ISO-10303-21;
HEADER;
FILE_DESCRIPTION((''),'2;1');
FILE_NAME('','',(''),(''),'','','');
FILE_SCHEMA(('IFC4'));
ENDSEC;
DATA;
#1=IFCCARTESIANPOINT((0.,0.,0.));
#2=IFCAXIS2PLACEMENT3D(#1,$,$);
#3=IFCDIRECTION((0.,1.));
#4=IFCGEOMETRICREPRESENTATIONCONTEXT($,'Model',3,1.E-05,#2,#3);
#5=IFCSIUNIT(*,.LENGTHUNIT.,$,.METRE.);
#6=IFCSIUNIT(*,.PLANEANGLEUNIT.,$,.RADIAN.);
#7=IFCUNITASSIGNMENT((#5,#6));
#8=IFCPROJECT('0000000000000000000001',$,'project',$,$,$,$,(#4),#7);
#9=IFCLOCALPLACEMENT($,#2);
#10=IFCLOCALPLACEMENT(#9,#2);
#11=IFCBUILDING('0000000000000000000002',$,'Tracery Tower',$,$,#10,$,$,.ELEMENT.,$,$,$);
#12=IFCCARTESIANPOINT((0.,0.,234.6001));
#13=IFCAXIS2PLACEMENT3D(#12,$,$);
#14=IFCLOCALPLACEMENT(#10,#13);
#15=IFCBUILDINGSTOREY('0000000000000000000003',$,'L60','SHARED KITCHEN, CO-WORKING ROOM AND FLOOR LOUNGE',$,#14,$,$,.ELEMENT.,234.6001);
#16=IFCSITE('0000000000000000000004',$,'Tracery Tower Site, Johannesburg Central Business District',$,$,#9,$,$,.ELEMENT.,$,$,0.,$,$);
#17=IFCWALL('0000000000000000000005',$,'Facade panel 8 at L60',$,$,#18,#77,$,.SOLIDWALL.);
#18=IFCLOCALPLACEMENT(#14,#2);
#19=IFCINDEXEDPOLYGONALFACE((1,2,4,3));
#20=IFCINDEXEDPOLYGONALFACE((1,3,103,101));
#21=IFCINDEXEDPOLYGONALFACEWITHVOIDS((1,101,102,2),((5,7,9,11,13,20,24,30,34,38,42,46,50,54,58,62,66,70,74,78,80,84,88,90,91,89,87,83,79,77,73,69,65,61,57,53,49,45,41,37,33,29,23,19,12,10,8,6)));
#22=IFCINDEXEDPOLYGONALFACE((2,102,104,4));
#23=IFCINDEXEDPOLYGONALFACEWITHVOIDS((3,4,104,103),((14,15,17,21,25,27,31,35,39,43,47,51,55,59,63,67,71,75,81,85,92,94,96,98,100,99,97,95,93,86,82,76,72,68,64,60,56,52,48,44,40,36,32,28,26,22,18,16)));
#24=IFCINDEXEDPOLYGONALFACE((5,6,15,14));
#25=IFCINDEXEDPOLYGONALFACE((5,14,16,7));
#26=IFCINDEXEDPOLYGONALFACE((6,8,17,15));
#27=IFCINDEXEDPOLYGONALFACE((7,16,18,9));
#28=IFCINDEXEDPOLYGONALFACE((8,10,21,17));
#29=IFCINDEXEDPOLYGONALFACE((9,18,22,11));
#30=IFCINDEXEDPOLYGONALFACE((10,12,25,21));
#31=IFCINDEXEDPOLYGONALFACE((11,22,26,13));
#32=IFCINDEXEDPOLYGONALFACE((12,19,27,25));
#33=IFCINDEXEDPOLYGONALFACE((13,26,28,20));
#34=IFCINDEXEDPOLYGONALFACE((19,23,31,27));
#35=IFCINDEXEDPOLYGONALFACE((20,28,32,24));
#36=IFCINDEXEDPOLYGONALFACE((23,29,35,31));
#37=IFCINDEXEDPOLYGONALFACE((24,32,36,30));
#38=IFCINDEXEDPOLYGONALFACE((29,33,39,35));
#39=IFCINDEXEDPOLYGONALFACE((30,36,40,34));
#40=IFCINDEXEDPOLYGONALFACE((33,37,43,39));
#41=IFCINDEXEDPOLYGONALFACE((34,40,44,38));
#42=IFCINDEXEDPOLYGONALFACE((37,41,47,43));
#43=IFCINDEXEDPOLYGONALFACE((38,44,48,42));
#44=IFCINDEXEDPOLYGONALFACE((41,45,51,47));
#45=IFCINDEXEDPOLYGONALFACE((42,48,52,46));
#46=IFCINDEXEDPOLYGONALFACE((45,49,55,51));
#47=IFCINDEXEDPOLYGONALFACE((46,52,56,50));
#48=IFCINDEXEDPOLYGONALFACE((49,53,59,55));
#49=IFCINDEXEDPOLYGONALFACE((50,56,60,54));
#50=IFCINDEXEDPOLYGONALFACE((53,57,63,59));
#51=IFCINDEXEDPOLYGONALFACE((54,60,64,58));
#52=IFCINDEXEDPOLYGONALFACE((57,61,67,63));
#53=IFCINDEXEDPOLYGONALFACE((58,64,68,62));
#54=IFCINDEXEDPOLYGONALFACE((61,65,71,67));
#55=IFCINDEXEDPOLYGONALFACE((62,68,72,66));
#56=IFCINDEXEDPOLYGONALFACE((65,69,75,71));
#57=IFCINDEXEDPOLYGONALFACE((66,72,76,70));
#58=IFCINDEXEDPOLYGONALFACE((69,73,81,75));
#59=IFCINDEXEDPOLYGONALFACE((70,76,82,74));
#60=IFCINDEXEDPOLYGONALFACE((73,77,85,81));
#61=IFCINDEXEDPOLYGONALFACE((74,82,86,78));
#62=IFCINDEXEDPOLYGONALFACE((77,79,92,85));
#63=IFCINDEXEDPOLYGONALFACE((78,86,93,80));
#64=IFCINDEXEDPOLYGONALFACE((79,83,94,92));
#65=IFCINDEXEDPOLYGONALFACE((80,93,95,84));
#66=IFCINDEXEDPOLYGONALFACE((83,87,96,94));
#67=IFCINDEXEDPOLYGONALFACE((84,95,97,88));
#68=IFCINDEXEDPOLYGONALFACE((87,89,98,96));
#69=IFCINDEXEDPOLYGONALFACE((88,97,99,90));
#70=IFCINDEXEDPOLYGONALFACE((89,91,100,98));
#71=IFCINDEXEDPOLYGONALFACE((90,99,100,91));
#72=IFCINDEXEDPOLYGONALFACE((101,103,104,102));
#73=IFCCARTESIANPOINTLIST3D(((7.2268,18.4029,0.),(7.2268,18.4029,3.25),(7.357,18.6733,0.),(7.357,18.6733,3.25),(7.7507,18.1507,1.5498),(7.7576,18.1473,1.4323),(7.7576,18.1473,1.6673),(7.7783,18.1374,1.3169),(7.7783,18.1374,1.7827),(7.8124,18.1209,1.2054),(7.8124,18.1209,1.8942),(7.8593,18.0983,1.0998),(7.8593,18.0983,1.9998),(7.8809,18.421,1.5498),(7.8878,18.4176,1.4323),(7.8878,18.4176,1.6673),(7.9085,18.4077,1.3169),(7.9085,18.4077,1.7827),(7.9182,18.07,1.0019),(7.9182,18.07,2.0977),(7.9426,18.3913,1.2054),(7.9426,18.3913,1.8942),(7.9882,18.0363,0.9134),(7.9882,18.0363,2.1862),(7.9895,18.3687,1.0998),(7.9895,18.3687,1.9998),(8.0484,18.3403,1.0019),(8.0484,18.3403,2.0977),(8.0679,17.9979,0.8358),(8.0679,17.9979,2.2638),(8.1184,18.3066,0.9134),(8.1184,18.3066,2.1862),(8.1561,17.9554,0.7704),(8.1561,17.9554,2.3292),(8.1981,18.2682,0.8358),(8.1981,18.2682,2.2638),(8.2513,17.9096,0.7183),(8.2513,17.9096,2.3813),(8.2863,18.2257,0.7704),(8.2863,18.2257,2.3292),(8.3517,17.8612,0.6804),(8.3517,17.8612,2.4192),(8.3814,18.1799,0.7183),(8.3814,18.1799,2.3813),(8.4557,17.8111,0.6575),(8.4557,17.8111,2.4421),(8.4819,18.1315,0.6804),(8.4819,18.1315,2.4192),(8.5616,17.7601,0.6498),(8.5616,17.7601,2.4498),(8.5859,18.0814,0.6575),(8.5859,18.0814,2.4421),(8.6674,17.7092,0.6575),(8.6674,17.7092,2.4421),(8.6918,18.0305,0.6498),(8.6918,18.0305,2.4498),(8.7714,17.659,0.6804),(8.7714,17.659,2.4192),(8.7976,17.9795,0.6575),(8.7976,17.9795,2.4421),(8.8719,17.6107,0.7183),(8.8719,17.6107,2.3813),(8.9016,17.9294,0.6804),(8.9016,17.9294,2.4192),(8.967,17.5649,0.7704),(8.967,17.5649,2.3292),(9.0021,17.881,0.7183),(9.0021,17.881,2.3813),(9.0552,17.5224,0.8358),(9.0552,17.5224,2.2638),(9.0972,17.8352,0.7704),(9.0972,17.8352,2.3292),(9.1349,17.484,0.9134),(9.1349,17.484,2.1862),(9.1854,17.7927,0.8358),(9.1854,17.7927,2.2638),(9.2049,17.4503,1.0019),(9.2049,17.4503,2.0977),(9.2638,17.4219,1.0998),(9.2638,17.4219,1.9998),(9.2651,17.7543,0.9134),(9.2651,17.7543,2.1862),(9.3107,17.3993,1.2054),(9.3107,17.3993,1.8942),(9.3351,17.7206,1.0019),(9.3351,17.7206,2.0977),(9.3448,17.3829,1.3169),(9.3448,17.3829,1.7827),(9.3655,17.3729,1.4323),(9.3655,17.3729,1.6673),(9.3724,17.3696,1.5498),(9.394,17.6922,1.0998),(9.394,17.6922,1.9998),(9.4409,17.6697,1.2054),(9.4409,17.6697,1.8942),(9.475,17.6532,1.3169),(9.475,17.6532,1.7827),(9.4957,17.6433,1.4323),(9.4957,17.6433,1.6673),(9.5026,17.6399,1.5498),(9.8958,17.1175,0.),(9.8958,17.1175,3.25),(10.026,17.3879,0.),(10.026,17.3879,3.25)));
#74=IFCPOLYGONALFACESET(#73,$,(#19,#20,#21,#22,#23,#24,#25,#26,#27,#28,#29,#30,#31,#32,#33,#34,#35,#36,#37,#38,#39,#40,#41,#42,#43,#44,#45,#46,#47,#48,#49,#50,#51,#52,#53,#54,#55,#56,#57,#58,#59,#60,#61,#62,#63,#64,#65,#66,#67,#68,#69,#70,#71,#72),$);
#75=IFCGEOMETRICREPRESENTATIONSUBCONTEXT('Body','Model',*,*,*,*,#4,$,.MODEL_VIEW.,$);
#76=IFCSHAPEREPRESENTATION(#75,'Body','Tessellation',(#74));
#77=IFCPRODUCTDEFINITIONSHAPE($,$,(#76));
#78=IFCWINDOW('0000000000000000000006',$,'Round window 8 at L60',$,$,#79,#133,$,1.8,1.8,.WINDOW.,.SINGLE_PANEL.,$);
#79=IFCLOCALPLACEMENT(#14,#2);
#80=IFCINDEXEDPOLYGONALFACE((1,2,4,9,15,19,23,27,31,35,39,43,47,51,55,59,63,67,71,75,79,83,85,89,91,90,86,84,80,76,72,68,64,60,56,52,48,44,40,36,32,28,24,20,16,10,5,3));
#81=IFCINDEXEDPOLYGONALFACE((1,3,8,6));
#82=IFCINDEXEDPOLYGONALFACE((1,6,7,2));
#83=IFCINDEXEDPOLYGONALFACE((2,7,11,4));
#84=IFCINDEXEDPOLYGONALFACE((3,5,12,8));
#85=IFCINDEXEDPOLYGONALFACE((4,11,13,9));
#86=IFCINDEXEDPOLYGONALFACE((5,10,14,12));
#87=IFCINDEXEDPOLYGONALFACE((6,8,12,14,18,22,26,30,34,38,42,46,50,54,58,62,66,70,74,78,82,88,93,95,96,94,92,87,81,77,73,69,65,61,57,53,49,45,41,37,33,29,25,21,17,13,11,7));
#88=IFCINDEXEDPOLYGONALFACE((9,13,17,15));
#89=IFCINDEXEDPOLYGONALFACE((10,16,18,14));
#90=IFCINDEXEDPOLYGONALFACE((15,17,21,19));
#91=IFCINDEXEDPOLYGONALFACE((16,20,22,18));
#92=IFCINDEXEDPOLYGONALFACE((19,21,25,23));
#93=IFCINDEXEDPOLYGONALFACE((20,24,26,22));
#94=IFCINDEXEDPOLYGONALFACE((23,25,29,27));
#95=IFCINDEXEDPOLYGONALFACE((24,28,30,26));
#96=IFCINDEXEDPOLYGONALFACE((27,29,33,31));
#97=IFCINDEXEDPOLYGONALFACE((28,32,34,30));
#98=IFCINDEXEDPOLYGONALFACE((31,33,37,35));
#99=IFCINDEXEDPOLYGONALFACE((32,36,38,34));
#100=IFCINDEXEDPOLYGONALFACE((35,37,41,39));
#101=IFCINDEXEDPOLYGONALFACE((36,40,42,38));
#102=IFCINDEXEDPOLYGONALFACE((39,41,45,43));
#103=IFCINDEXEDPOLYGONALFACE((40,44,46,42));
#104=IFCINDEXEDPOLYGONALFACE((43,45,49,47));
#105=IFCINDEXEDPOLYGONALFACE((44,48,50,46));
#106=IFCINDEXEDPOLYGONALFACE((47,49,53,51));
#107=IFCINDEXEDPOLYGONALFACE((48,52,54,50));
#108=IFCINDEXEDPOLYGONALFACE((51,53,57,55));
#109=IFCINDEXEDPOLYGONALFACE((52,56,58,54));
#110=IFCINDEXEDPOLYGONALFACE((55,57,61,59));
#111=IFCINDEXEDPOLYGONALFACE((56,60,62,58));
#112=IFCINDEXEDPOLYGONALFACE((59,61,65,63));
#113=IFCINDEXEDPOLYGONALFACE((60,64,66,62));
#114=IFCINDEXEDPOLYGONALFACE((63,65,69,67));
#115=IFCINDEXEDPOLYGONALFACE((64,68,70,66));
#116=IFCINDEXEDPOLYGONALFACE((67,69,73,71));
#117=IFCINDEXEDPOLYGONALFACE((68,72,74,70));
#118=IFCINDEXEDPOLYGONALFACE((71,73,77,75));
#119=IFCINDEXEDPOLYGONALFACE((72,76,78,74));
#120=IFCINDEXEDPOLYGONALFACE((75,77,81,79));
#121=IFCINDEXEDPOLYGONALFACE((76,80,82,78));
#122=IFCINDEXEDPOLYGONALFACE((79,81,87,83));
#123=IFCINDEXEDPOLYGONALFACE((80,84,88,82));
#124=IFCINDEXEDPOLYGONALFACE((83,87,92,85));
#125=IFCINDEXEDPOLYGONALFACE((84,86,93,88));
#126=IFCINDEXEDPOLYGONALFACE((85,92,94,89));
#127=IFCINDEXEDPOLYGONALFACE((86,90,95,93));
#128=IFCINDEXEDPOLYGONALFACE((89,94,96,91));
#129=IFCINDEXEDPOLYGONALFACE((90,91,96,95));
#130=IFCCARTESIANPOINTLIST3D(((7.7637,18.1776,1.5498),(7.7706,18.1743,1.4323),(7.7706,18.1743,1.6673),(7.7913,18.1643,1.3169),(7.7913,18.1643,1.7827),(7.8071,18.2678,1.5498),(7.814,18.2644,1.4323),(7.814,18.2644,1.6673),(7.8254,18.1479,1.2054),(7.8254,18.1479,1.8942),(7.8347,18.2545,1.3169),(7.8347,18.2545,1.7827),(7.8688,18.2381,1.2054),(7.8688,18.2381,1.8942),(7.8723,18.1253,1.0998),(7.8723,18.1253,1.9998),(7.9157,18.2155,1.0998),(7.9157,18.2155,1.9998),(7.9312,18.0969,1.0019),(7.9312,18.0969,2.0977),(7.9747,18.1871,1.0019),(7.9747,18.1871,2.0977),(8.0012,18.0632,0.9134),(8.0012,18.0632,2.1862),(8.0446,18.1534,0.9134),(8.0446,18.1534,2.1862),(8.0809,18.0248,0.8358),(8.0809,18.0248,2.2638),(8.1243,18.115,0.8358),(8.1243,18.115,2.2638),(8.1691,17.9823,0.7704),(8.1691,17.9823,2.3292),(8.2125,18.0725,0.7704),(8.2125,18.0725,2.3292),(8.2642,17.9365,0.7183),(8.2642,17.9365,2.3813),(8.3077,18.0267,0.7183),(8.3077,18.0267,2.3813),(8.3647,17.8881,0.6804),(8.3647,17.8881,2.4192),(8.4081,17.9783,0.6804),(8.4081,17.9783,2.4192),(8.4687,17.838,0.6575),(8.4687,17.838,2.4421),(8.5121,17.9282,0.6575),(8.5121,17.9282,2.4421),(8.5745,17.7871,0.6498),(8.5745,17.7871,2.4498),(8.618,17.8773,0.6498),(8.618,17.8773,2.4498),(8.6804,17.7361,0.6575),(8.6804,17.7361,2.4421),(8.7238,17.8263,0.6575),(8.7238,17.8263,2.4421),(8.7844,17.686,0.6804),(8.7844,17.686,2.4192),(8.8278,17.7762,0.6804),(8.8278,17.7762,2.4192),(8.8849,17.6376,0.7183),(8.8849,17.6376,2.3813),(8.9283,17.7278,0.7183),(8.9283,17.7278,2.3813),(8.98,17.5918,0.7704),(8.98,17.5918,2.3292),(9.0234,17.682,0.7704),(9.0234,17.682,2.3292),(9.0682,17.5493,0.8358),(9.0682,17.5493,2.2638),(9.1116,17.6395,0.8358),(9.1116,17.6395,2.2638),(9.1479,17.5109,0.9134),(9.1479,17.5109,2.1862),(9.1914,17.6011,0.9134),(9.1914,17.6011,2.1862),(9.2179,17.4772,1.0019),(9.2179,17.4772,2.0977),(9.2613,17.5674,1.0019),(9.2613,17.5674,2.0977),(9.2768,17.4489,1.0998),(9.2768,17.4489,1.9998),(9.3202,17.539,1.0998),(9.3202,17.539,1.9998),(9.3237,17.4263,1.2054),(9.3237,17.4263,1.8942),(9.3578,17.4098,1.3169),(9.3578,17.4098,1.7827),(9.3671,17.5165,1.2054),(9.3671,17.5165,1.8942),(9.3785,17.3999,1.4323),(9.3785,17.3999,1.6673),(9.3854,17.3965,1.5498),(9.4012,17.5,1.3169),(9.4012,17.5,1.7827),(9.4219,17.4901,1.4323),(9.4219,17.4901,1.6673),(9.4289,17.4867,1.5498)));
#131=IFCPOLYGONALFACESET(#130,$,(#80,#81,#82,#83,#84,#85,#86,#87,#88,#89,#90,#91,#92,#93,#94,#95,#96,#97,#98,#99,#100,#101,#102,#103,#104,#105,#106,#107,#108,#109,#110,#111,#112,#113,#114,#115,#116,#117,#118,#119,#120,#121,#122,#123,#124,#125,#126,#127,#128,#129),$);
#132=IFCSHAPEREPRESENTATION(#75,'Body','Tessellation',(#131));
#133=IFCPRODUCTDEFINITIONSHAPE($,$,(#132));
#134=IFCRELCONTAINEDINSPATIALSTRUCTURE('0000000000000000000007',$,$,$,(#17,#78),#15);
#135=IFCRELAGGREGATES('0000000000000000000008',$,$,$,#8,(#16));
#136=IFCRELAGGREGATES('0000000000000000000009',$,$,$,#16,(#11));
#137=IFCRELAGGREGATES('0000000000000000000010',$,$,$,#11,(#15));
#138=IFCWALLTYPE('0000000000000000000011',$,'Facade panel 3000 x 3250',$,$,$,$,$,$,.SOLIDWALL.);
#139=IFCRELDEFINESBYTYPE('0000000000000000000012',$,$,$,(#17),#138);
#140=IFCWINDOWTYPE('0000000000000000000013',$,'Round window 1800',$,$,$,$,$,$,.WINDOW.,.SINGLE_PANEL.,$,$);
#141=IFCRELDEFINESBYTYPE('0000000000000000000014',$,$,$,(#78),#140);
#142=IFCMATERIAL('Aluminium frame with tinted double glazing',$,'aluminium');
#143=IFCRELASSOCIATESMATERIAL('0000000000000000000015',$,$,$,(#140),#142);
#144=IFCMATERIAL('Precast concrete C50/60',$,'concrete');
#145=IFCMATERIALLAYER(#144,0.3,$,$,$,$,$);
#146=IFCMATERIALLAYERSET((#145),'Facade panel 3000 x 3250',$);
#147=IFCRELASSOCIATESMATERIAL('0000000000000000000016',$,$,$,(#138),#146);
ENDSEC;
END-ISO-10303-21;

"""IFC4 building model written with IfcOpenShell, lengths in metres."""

from ifc_helpers import new_model, si_unit, direction, frame, frame_2d, origin, origin_2d, place, context, subcontext, project, spatial, rectangle, circle, extrude, material, layer, layer_set, type_object, element, fill, save


model = new_model("IFC4")

# Units and contexts
model_context = context("Model", 3, precision=1e-05, world=origin(), true_north=direction((0.0, 1.0)))
body_context = subcontext(model_context, "Body", "Model", "MODEL_VIEW")
ifc_project = project(units=[si_unit("LENGTHUNIT", "METRE"), si_unit("PLANEANGLEUNIT", "RADIAN")], contexts=[model_context])

# Site, building, storey
site_placement = place(None, origin())
site = spatial("IfcSite", under=ifc_project, at=site_placement, Name="Tracery Tower Site, Johannesburg Central Business District", CompositionType="ELEMENT", RefElevation=0.0)
building_placement = place(site_placement, origin())
building = spatial("IfcBuilding", under=site, at=building_placement, Name="Tracery Tower", CompositionType="ELEMENT")
storey_placement = place(building_placement, frame((0.0, 0.0, 234.6001)))
storey = spatial("IfcBuildingStorey", under=building, at=storey_placement, Name="L60", Description="SHARED KITCHEN, CO-WORKING ROOM AND FLOOR LOUNGE", CompositionType="ELEMENT", Elevation=234.6001)

# Wall, opening, window
ifc_material_1 = material(Name="Aluminium frame with tinted double glazing", Category="aluminium")
window_type = type_object("IfcWindowType", Name="Round window 1800", PartitioningType="SINGLE_PANEL", PredefinedType="WINDOW", material=ifc_material_1)
ifc_material_2 = material(Name="Precast concrete C50/60", Category="concrete")
ifc_layer_1 = layer(ifc_material_2, 0.3)
ifc_layer_set_1 = layer_set([ifc_layer_1], Name="Facade panel 3000 x 3250")
wall_type_1 = type_object("IfcWallType", Name="Facade panel 3000 x 3250", PredefinedType="SOLIDWALL", material=ifc_layer_set_1)
wall_1_placement = place(storey_placement, frame((9.9609, 17.2527, 0.0), z_axis=(0.0, 0.0, 1.0), x_axis=(-0.900955, 0.433912, 0.0)))
wall_1 = element("IfcWall", 1, at=wall_1_placement, inside=storey, type_object=wall_type_1, Name="Facade panel 8 at L60", PredefinedType="SOLIDWALL", context=body_context, shape_type="SweptSolid", body=[
    extrude(rectangle(XDim=2.9624, YDim=0.3, at=frame_2d((1.4812, 0.0))), origin(), (0.0, 0.0, 1.0), 3.25),
])
opening_1_placement = place(wall_1_placement, frame((1.481, 0.0, 1.5498)))
opening_1 = element("IfcOpeningElement", 2, at=opening_1_placement, cuts=wall_1, PredefinedType="OPENING", context=body_context, shape_type="SweptSolid", body=[
    extrude(circle(Radius=0.9, at=origin_2d()), frame((0.0, 0.1599, 0.0), z_axis=(0.0, -1.0, 0.0), x_axis=(1.0, 0.0, 0.0)), (0.0, 0.0, 1.0), 0.3201),
])
window_1_placement = place(opening_1_placement, origin())
window_1 = element("IfcWindow", 3, at=window_1_placement, inside=storey, type_object=window_type, Name="Round window 8 at L60", OverallHeight=1.8, OverallWidth=1.8, PartitioningType="SINGLE_PANEL", PredefinedType="WINDOW", context=body_context, shape_type="SweptSolid", body=[
    extrude(circle(Radius=0.9, at=origin_2d()), frame((0.0, 0.1201, 0.0), z_axis=(0.0, -1.0, 0.0), x_axis=(1.0, 0.0, 0.0)), (0.0, 0.0, 1.0), 0.1001),
])
fill(opening_1, window_1)

save(model, "model.ifc")
